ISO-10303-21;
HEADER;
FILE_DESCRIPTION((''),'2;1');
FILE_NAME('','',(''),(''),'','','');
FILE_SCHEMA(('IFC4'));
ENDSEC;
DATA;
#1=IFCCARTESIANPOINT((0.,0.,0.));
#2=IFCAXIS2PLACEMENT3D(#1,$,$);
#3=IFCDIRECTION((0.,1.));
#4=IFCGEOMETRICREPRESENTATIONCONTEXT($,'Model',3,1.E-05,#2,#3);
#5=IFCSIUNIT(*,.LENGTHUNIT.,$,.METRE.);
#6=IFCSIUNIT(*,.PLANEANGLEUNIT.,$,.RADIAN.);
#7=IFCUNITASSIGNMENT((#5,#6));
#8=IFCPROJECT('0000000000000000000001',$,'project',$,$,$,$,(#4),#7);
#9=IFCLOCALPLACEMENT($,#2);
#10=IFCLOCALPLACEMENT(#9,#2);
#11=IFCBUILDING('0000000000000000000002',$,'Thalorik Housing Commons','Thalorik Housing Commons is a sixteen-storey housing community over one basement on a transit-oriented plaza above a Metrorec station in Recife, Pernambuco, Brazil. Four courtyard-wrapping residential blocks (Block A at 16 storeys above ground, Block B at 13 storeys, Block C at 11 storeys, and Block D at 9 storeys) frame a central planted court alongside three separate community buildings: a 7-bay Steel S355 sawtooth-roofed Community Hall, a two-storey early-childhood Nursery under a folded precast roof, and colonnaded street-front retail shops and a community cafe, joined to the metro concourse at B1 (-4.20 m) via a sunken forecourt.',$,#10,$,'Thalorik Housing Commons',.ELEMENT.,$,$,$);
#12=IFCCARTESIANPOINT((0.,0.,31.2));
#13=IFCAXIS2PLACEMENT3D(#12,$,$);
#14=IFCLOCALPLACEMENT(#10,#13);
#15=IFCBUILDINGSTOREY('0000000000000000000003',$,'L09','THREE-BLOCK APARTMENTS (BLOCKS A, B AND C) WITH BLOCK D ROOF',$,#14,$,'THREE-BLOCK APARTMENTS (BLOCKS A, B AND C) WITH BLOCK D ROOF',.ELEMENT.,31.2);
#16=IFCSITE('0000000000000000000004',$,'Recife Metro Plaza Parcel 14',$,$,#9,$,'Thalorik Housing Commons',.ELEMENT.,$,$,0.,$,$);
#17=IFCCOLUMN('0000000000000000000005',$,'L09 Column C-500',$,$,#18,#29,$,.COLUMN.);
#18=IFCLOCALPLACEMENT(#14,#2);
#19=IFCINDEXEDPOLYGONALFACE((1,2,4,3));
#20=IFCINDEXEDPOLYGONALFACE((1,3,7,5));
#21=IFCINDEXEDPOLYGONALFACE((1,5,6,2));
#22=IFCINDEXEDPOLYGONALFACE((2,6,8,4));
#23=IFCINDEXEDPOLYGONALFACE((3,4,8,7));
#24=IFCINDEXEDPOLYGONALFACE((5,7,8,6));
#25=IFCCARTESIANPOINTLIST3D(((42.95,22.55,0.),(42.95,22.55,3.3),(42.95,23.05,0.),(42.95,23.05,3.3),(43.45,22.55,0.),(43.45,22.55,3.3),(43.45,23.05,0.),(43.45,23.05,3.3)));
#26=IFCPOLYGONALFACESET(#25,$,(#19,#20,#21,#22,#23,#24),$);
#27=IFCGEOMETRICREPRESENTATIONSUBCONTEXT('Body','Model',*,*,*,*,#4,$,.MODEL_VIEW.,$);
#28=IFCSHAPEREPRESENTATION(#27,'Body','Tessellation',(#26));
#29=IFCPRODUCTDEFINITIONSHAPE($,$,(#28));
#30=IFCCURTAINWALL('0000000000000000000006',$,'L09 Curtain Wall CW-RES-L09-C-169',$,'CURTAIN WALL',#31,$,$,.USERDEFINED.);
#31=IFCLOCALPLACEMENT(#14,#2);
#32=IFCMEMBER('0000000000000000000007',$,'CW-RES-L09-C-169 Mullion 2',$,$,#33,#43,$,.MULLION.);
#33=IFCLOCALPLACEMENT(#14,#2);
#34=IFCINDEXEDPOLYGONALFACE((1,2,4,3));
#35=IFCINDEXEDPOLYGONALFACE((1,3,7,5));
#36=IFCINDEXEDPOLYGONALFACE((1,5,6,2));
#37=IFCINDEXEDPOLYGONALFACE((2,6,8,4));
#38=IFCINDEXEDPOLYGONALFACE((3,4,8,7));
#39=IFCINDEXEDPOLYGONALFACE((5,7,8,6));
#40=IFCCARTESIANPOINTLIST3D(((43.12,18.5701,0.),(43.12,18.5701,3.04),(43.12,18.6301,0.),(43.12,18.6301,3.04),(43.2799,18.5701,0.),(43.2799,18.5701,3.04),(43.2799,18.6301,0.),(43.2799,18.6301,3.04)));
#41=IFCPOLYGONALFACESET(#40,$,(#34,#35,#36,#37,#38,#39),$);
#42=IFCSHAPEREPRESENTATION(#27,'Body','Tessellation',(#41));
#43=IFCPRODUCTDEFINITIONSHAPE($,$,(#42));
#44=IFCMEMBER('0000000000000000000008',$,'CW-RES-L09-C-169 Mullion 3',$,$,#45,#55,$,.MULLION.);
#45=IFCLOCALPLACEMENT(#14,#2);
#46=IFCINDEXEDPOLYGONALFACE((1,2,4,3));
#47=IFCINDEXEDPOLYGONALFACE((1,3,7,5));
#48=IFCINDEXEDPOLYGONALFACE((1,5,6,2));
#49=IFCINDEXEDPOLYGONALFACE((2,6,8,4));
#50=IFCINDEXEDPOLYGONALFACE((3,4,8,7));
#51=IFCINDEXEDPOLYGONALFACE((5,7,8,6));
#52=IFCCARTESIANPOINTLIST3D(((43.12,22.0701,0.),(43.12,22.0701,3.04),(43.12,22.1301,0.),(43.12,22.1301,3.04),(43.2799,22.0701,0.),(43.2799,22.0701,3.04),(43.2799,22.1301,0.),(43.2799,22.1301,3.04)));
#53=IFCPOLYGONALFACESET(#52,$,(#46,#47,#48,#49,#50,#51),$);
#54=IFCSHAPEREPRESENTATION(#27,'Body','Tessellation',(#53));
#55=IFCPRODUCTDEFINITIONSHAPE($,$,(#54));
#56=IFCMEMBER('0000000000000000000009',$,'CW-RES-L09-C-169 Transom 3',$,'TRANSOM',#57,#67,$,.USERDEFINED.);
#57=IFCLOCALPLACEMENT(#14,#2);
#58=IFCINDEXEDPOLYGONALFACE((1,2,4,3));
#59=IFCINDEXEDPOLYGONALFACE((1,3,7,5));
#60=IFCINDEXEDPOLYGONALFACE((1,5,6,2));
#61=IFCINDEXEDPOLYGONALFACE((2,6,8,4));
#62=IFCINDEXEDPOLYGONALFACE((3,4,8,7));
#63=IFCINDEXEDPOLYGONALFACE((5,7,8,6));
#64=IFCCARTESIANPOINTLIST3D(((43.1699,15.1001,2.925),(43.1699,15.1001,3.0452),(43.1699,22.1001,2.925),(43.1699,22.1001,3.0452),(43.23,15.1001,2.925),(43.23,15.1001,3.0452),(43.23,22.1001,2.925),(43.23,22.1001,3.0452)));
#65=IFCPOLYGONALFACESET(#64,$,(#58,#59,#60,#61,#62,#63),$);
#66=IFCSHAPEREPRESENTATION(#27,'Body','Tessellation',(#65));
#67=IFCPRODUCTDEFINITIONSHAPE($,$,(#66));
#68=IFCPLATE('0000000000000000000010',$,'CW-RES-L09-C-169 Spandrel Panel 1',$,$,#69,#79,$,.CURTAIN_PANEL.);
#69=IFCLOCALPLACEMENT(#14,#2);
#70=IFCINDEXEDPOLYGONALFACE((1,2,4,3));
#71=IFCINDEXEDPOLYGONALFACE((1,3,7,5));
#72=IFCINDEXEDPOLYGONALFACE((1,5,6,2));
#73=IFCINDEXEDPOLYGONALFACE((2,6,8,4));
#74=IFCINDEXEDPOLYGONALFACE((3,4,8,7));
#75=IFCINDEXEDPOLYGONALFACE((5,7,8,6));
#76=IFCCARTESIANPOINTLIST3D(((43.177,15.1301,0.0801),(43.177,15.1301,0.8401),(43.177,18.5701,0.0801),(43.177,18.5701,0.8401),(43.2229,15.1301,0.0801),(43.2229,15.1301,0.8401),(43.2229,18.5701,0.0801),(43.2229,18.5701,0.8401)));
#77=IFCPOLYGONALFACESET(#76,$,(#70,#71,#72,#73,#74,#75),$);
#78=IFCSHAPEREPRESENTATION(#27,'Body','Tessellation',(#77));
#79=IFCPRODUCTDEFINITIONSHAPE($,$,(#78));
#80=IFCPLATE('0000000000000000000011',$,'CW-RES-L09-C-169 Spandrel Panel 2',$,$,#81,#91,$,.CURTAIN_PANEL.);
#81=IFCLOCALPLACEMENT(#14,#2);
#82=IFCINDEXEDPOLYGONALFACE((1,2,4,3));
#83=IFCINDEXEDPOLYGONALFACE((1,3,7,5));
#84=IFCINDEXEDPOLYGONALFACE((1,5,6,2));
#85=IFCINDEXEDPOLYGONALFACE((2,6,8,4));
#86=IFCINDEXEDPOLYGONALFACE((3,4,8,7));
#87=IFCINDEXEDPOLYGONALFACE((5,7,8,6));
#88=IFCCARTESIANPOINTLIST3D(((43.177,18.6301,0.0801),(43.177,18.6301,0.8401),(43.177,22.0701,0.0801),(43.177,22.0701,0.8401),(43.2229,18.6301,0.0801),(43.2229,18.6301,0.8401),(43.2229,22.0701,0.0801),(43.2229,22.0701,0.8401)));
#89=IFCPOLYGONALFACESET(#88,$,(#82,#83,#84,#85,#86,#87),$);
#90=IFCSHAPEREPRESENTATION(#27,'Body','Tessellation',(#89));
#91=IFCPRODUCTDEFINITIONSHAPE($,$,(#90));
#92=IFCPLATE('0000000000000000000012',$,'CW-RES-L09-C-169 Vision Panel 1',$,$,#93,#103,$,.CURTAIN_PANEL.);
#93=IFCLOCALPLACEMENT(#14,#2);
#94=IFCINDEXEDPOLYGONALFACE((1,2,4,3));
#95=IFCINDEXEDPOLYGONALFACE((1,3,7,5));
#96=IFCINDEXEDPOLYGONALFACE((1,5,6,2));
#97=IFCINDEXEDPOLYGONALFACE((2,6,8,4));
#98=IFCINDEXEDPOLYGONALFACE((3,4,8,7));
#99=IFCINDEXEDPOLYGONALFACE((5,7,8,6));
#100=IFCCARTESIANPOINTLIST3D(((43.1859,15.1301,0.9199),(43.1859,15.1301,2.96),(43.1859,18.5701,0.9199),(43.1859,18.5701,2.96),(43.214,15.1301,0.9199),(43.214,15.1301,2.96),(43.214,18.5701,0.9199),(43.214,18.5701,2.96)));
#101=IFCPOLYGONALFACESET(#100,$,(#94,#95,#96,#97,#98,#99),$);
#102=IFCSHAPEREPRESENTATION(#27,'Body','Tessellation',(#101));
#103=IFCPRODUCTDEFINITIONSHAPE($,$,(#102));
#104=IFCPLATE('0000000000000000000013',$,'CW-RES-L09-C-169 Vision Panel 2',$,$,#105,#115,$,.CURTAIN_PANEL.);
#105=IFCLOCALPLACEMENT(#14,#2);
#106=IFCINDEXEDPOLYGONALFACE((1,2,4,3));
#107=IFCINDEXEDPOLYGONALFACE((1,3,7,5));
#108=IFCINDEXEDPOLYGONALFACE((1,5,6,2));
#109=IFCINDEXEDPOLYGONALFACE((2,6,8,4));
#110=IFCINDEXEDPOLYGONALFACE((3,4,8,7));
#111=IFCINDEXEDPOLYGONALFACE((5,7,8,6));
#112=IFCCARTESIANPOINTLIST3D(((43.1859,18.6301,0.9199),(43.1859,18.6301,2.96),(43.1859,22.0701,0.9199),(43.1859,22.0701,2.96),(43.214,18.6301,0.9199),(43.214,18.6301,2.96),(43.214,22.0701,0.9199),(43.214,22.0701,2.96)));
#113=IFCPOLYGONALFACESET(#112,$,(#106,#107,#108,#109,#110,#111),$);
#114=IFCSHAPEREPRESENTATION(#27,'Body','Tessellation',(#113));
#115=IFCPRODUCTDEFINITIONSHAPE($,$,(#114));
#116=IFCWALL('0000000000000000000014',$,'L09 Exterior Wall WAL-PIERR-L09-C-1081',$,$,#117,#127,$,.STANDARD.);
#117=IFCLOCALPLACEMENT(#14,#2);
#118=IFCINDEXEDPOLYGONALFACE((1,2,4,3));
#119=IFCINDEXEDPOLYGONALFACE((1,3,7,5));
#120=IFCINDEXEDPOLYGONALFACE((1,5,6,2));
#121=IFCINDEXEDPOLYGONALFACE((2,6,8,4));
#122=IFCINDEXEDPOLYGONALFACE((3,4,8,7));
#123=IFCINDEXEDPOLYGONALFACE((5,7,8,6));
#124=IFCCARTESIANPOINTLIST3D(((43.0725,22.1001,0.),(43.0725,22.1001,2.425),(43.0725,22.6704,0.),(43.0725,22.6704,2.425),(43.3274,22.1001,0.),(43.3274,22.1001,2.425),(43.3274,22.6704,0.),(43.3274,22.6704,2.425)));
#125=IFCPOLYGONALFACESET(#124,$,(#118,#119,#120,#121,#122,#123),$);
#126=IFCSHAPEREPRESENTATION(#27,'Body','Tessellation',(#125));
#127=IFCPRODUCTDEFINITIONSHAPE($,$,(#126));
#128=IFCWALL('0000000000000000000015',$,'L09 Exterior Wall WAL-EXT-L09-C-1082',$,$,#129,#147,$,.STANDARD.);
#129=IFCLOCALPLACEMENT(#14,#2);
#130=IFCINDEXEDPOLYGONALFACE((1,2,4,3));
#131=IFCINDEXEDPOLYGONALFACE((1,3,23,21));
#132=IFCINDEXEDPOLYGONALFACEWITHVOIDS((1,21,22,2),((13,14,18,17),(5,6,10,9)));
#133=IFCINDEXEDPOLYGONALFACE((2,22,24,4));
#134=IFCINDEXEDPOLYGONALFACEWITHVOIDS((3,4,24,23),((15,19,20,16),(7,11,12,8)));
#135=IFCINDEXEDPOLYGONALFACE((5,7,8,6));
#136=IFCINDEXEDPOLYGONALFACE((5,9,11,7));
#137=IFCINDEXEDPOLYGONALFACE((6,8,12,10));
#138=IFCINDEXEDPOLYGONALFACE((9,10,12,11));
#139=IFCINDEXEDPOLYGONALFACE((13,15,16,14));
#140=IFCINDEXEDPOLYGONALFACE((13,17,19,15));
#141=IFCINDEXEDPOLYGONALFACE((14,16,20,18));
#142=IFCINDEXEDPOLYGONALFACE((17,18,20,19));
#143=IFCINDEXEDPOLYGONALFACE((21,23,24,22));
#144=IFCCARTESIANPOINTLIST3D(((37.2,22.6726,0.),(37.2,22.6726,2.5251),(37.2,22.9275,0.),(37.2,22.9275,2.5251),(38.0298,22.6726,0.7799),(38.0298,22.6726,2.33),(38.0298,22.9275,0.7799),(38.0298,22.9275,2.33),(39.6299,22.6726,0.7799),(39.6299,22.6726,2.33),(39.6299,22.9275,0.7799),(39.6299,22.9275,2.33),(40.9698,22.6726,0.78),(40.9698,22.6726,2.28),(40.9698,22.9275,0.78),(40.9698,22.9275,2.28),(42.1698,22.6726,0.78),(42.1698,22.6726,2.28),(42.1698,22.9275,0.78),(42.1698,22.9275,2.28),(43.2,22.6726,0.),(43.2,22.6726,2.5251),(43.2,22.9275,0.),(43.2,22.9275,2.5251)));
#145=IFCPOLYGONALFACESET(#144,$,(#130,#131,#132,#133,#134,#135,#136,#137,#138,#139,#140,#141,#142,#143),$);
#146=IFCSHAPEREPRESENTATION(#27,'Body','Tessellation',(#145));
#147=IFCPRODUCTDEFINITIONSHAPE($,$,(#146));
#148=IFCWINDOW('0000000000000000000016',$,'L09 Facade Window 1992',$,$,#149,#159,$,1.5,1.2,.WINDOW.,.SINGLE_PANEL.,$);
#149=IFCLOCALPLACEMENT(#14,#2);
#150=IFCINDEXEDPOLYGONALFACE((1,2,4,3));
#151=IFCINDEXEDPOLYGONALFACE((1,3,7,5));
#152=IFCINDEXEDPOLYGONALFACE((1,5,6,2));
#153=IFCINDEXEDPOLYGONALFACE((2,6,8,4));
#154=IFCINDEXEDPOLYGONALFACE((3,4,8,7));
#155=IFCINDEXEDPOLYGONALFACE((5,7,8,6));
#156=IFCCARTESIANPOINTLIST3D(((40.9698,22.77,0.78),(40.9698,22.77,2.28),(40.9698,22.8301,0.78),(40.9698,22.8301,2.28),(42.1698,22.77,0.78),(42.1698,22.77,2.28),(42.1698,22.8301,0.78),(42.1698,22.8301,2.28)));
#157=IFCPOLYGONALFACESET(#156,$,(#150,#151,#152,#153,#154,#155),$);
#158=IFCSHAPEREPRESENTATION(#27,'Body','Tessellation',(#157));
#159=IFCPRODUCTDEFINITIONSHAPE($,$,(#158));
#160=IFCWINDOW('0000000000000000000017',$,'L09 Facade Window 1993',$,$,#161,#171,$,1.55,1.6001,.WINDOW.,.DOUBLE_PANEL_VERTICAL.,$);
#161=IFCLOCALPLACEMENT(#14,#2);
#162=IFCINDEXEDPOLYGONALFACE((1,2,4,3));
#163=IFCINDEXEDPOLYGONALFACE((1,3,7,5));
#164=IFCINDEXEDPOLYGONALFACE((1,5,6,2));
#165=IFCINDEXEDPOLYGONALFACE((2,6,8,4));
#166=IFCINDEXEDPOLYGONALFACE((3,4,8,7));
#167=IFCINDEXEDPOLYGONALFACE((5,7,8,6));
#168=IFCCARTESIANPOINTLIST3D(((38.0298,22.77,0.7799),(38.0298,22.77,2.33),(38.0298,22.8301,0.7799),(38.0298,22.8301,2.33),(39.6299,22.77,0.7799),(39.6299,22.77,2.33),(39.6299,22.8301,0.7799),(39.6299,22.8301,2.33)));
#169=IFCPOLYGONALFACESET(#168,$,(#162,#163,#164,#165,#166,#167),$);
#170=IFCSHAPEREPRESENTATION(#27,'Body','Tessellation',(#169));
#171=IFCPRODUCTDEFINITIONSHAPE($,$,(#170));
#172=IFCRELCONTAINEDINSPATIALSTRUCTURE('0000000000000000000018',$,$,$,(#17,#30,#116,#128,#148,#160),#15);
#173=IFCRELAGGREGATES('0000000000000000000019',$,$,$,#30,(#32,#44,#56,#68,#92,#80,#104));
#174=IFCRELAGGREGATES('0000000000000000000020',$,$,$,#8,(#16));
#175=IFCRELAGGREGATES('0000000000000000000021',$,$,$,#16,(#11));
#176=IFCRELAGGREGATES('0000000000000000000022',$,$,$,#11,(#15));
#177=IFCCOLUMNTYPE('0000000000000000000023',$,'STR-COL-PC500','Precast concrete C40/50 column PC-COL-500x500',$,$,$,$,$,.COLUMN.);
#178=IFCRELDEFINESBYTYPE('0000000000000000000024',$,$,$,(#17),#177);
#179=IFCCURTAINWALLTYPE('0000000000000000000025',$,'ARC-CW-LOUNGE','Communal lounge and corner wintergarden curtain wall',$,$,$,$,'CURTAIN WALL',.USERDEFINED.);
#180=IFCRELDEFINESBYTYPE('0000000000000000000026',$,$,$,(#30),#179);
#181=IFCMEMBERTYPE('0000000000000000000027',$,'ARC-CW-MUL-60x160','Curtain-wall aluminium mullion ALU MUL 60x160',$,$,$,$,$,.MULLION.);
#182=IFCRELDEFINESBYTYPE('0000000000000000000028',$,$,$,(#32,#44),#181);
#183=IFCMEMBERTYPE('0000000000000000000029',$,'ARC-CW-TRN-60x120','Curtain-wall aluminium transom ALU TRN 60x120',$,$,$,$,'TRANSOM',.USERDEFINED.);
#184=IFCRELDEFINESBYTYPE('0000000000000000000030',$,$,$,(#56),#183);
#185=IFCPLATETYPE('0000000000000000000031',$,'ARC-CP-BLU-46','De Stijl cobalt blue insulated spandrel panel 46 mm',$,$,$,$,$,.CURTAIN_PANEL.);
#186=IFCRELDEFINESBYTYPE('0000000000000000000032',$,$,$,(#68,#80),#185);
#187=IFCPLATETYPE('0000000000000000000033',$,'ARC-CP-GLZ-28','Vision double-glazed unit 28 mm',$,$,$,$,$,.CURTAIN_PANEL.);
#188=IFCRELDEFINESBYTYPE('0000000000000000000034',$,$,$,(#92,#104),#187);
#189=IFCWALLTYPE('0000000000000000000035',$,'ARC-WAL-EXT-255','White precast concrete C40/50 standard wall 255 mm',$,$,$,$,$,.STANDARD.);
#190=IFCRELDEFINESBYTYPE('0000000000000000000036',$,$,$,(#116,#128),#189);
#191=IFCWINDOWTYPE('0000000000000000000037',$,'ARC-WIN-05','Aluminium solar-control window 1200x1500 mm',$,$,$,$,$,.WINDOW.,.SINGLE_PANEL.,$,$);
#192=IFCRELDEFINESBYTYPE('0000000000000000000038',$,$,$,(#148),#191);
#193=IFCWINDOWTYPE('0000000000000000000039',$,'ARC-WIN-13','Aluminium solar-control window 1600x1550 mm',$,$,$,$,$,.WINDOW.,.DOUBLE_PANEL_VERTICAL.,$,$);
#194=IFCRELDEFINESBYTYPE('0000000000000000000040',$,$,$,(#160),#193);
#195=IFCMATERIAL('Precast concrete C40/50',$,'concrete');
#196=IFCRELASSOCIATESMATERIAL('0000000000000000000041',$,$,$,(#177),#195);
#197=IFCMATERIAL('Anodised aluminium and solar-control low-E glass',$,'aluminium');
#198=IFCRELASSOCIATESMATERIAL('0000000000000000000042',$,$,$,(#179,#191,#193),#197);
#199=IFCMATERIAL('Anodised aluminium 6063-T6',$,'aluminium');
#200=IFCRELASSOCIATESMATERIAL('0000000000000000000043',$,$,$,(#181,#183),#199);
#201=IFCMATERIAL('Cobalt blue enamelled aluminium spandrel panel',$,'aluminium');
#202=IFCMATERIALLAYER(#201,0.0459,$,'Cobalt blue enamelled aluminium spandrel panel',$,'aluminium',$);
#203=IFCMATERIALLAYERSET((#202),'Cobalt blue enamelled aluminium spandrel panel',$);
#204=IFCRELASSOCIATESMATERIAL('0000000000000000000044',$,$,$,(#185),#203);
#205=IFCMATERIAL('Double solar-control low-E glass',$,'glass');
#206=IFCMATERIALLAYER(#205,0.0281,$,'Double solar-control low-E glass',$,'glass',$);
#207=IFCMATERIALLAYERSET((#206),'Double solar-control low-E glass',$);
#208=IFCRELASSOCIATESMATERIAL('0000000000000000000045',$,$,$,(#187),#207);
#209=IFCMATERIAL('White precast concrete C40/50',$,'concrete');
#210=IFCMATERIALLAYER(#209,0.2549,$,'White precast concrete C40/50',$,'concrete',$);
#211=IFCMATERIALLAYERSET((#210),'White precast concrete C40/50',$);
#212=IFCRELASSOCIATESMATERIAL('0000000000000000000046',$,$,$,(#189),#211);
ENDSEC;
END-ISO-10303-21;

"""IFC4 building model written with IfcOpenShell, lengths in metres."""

from ifc_helpers import new_model, si_unit, direction, frame, frame_2d, origin, origin_2d, place, context, subcontext, project, spatial, rectangle, extrude, material, layer, layer_set, material_profile, profile_set, type_object, element, fill, aggregate, save


model = new_model("IFC4")

# Units and contexts
model_context = context("Model", 3, precision=1e-05, world=origin(), true_north=direction((0.0, 1.0)))
body_context = subcontext(model_context, "Body", "Model", "MODEL_VIEW")
ifc_project = project(units=[si_unit("LENGTHUNIT", "METRE"), si_unit("PLANEANGLEUNIT", "RADIAN")], contexts=[model_context])

# Site, building, storey
site_placement = place(None, origin())
site = spatial("IfcSite", under=ifc_project, at=site_placement, Name="Recife Metro Plaza Parcel 14", LongName="Thalorik Housing Commons", CompositionType="ELEMENT", RefElevation=0.0)
building_placement = place(site_placement, origin())
building = spatial("IfcBuilding", under=site, at=building_placement, Name="Thalorik Housing Commons", Description="Thalorik Housing Commons is a sixteen-storey housing community over one basement on a transit-oriented plaza above a Metrorec station in Recife, Pernambuco, Brazil. Four courtyard-wrapping residential blocks (Block A at 16 storeys above ground, Block B at 13 storeys, Block C at 11 storeys, and Block D at 9 storeys) frame a central planted court alongside three separate community buildings: a 7-bay Steel S355 sawtooth-roofed Community Hall, a two-storey early-childhood Nursery under a folded precast roof, and colonnaded street-front retail shops and a community cafe, joined to the metro concourse at B1 (-4.20 m) via a sunken forecourt.", LongName="Thalorik Housing Commons", CompositionType="ELEMENT")
storey_placement = place(building_placement, frame((0.0, 0.0, 31.2)))
storey = spatial("IfcBuildingStorey", under=building, at=storey_placement, Name="L09", Description="THREE-BLOCK APARTMENTS (BLOCKS A, B AND C) WITH BLOCK D ROOF", LongName="THREE-BLOCK APARTMENTS (BLOCKS A, B AND C) WITH BLOCK D ROOF", CompositionType="ELEMENT", Elevation=31.2)

# Column
ifc_material_1 = material(Name="Precast concrete C40/50", Category="concrete")
ifc_material_profile_1 = material_profile(ifc_material_1, rectangle(XDim=0.5, YDim=0.5, at=origin_2d()), Name="PC 500x500", Category="concrete")
ifc_profile_set_1 = profile_set([ifc_material_profile_1], Name="Precast concrete C40/50")
column_type = type_object("IfcColumnType", Name="STR-COL-PC500", Description="Precast concrete C40/50 column PC-COL-500x500", PredefinedType="COLUMN", material=ifc_profile_set_1)
column_placement = place(storey_placement, frame((43.2, 22.8, 0.0), z_axis=(0.0, 0.0, 1.0), x_axis=(1.0, 0.0, 0.0)))
element("IfcColumn", 1, at=column_placement, inside=storey, type_object=column_type, Name="L09 Column C-500", PredefinedType="COLUMN", context=body_context, shape_type="SweptSolid", body=[
    extrude(rectangle(XDim=0.5, YDim=0.5, at=origin_2d()), origin(), (0.0, 0.0, 1.0), 3.3),
])

# Curtain wall, members, plates
ifc_material_2 = material(Name="Anodised aluminium and solar-control low-E glass", Category="aluminium")
curtain_wall_type = type_object("IfcCurtainWallType", Name="ARC-CW-LOUNGE", Description="Communal lounge and corner wintergarden curtain wall", ElementType="CURTAIN WALL", PredefinedType="USERDEFINED", material=ifc_material_2)
curtain_wall_placement = place(storey_placement, origin())
curtain_wall = element("IfcCurtainWall", 2, at=curtain_wall_placement, inside=storey, type_object=curtain_wall_type, Name="L09 Curtain Wall CW-RES-L09-C-169", ObjectType="CURTAIN WALL", PredefinedType="USERDEFINED")
ifc_material_3 = material(Name="Anodised aluminium 6063-T6", Category="aluminium")
ifc_material_profile_2 = material_profile(ifc_material_3, rectangle(XDim=0.0601, YDim=0.1599, at=origin_2d()), Name="ALU MUL 60x160", Category="aluminium")
ifc_profile_set_2 = profile_set([ifc_material_profile_2], Name="Anodised aluminium 6063-T6")
member_type_1 = type_object("IfcMemberType", Name="ARC-CW-MUL-60x160", Description="Curtain-wall aluminium mullion ALU MUL 60x160", PredefinedType="MULLION", material=ifc_profile_set_2)
member_1_placement = place(storey_placement, frame((43.2, 18.6001, 0.0), z_axis=(0.0, 0.0, 1.0), x_axis=(0.0, 1.0, 0.0)))
member_1 = element("IfcMember", 3, at=member_1_placement, type_object=member_type_1, Name="CW-RES-L09-C-169 Mullion 2", PredefinedType="MULLION", context=body_context, shape_type="SweptSolid", body=[
    extrude(rectangle(XDim=0.0601, YDim=0.1599, at=origin_2d()), origin(), (0.0, 0.0, 1.0), 3.04),
])
member_2_placement = place(storey_placement, frame((43.2, 22.1001, 0.0), z_axis=(0.0, 0.0, 1.0), x_axis=(0.0, 1.0, 0.0)))
member_2 = element("IfcMember", 4, at=member_2_placement, type_object=member_type_1, Name="CW-RES-L09-C-169 Mullion 3", PredefinedType="MULLION", context=body_context, shape_type="SweptSolid", body=[
    extrude(rectangle(XDim=0.0601, YDim=0.1599, at=origin_2d()), origin(), (0.0, 0.0, 1.0), 3.04),
])
ifc_material_profile_3 = material_profile(ifc_material_3, rectangle(XDim=0.0601, YDim=0.1201, at=origin_2d()), Name="ALU TRN 60x120", Category="aluminium")
ifc_profile_set_3 = profile_set([ifc_material_profile_3], Name="Anodised aluminium 6063-T6")
member_type_2 = type_object("IfcMemberType", Name="ARC-CW-TRN-60x120", Description="Curtain-wall aluminium transom ALU TRN 60x120", ElementType="TRANSOM", PredefinedType="USERDEFINED", material=ifc_profile_set_3)
member_3_placement = place(storey_placement, frame((43.2, 15.1001, 2.9851), z_axis=(0.0, 1.0, 0.0), x_axis=(-1.0, 0.0, 0.0)))
member_3 = element("IfcMember", 5, at=member_3_placement, type_object=member_type_2, Name="CW-RES-L09-C-169 Transom 3", ObjectType="TRANSOM", PredefinedType="USERDEFINED", context=body_context, shape_type="SweptSolid", body=[
    extrude(rectangle(XDim=0.0601, YDim=0.1201, at=origin_2d()), origin(), (0.0, 0.0, 1.0), 7.0),
])
ifc_material_4 = material(Name="Cobalt blue enamelled aluminium spandrel panel", Category="aluminium")
ifc_layer_1 = layer(ifc_material_4, 0.0459, Name="Cobalt blue enamelled aluminium spandrel panel", Category="aluminium")
ifc_layer_set_1 = layer_set([ifc_layer_1], Name="Cobalt blue enamelled aluminium spandrel panel")
plate_type_1 = type_object("IfcPlateType", Name="ARC-CP-BLU-46", Description="De Stijl cobalt blue insulated spandrel panel 46 mm", PredefinedType="CURTAIN_PANEL", material=ifc_layer_set_1)
plate_1_placement = place(storey_placement, frame((43.2, 16.8501, 0.0801), z_axis=(0.0, 0.0, 1.0), x_axis=(0.0, 1.0, 0.0)))
plate_1 = element("IfcPlate", 6, at=plate_1_placement, type_object=plate_type_1, Name="CW-RES-L09-C-169 Spandrel Panel 1", PredefinedType="CURTAIN_PANEL", context=body_context, shape_type="SweptSolid", body=[
    extrude(rectangle(XDim=3.4399, YDim=0.0459, at=origin_2d()), origin(), (0.0, 0.0, 1.0), 0.76),
])
plate_2_placement = place(storey_placement, frame((43.2, 20.3501, 0.0801), z_axis=(0.0, 0.0, 1.0), x_axis=(0.0, 1.0, 0.0)))
plate_2 = element("IfcPlate", 7, at=plate_2_placement, type_object=plate_type_1, Name="CW-RES-L09-C-169 Spandrel Panel 2", PredefinedType="CURTAIN_PANEL", context=body_context, shape_type="SweptSolid", body=[
    extrude(rectangle(XDim=3.4399, YDim=0.0459, at=origin_2d()), origin(), (0.0, 0.0, 1.0), 0.76),
])
ifc_material_5 = material(Name="Double solar-control low-E glass", Category="glass")
ifc_layer_2 = layer(ifc_material_5, 0.0281, Name="Double solar-control low-E glass", Category="glass")
ifc_layer_set_2 = layer_set([ifc_layer_2], Name="Double solar-control low-E glass")
plate_type_2 = type_object("IfcPlateType", Name="ARC-CP-GLZ-28", Description="Vision double-glazed unit 28 mm", PredefinedType="CURTAIN_PANEL", material=ifc_layer_set_2)
plate_3_placement = place(storey_placement, frame((43.2, 16.8501, 0.9199), z_axis=(0.0, 0.0, 1.0), x_axis=(0.0, 1.0, 0.0)))
plate_3 = element("IfcPlate", 8, at=plate_3_placement, type_object=plate_type_2, Name="CW-RES-L09-C-169 Vision Panel 1", PredefinedType="CURTAIN_PANEL", context=body_context, shape_type="SweptSolid", body=[
    extrude(rectangle(XDim=3.4399, YDim=0.0281, at=origin_2d()), origin(), (0.0, 0.0, 1.0), 2.04),
])
plate_4_placement = place(storey_placement, frame((43.2, 20.3501, 0.9199), z_axis=(0.0, 0.0, 1.0), x_axis=(0.0, 1.0, 0.0)))
plate_4 = element("IfcPlate", 9, at=plate_4_placement, type_object=plate_type_2, Name="CW-RES-L09-C-169 Vision Panel 2", PredefinedType="CURTAIN_PANEL", context=body_context, shape_type="SweptSolid", body=[
    extrude(rectangle(XDim=3.4399, YDim=0.0281, at=origin_2d()), origin(), (0.0, 0.0, 1.0), 2.04),
])
aggregate(curtain_wall, [member_1, member_2, member_3, plate_1, plate_3, plate_2, plate_4])

# Wall
ifc_material_6 = material(Name="White precast concrete C40/50", Category="concrete")
ifc_layer_3 = layer(ifc_material_6, 0.2549, Name="White precast concrete C40/50", Category="concrete")
ifc_layer_set_3 = layer_set([ifc_layer_3], Name="White precast concrete C40/50")
wall_type = type_object("IfcWallType", Name="ARC-WAL-EXT-255", Description="White precast concrete C40/50 standard wall 255 mm", PredefinedType="STANDARD", material=ifc_layer_set_3)
wall_1_placement = place(storey_placement, frame((43.2, 22.1001, 0.0), z_axis=(0.0, 0.0, 1.0), x_axis=(0.0, 1.0, 0.0)))
element("IfcWall", 10, at=wall_1_placement, inside=storey, type_object=wall_type, Name="L09 Exterior Wall WAL-PIERR-L09-C-1081", PredefinedType="STANDARD", context=body_context, shape_type="SweptSolid", body=[
    extrude(rectangle(XDim=0.5703, YDim=0.2549, at=frame_2d((0.2852, 0.0))), origin(), (0.0, 0.0, 1.0), 2.425),
])

# Wall, openings, windows
wall_2_placement = place(storey_placement, frame((43.2, 22.8, 0.0), z_axis=(0.0, 0.0, 1.0), x_axis=(-1.0, 0.0, 0.0)))
wall_2 = element("IfcWall", 11, at=wall_2_placement, inside=storey, type_object=wall_type, Name="L09 Exterior Wall WAL-EXT-L09-C-1082", PredefinedType="STANDARD", context=body_context, shape_type="SweptSolid", body=[
    extrude(rectangle(XDim=6.0, YDim=0.2549, at=frame_2d((3.0, 0.0))), origin(), (0.0, 0.0, 1.0), 2.5251),
])
opening_1_placement = place(wall_2_placement, frame((1.03, 0.0, 0.78)))
opening_1 = element("IfcOpeningElement", 12, at=opening_1_placement, cuts=wall_2, PredefinedType="OPENING", context=body_context, shape_type="SweptSolid", body=[
    extrude(rectangle(XDim=1.2, YDim=1.5, at=frame_2d((0.6001, 0.75))), frame((0.0, 0.1375, 0.0), z_axis=(0.0, -1.0, 0.0), x_axis=(1.0, 0.0, 0.0)), (0.0, 0.0, 1.0), 0.2749),
])
opening_2_placement = place(wall_2_placement, frame((3.5701, 0.0, 0.78)))
opening_2 = element("IfcOpeningElement", 13, at=opening_2_placement, cuts=wall_2, PredefinedType="OPENING", context=body_context, shape_type="SweptSolid", body=[
    extrude(rectangle(XDim=1.6001, YDim=1.55, at=frame_2d((0.8, 0.7749))), frame((0.0, 0.1375, 0.0), z_axis=(0.0, -1.0, 0.0), x_axis=(1.0, 0.0, 0.0)), (0.0, 0.0, 1.0), 0.2749),
])
window_type_1 = type_object("IfcWindowType", Name="ARC-WIN-05", Description="Aluminium solar-control window 1200x1500 mm", PartitioningType="SINGLE_PANEL", PredefinedType="WINDOW", material=ifc_material_2)
window_1_placement = place(opening_1_placement, origin())
window_1 = element("IfcWindow", 14, at=window_1_placement, inside=storey, type_object=window_type_1, Name="L09 Facade Window 1992", OverallHeight=1.5, OverallWidth=1.2, PartitioningType="SINGLE_PANEL", PredefinedType="WINDOW", context=body_context, shape_type="SweptSolid", body=[
    extrude(rectangle(XDim=1.2, YDim=1.5, at=frame_2d((0.6001, 0.75))), frame((0.0, 0.03, 0.0), z_axis=(0.0, -1.0, 0.0), x_axis=(1.0, 0.0, 0.0)), (0.0, 0.0, 1.0), 0.0601),
])
fill(opening_1, window_1)
window_type_2 = type_object("IfcWindowType", Name="ARC-WIN-13", Description="Aluminium solar-control window 1600x1550 mm", PartitioningType="DOUBLE_PANEL_VERTICAL", PredefinedType="WINDOW", material=ifc_material_2)
window_2_placement = place(opening_2_placement, origin())
window_2 = element("IfcWindow", 15, at=window_2_placement, inside=storey, type_object=window_type_2, Name="L09 Facade Window 1993", OverallHeight=1.55, OverallWidth=1.6001, PartitioningType="DOUBLE_PANEL_VERTICAL", PredefinedType="WINDOW", context=body_context, shape_type="SweptSolid", body=[
    extrude(rectangle(XDim=1.6001, YDim=1.55, at=frame_2d((0.8, 0.7749))), frame((0.0, 0.03, 0.0), z_axis=(0.0, -1.0, 0.0), x_axis=(1.0, 0.0, 0.0)), (0.0, 0.0, 1.0), 0.0601),
])
fill(opening_2, window_2)

save(model, "model.ifc")
